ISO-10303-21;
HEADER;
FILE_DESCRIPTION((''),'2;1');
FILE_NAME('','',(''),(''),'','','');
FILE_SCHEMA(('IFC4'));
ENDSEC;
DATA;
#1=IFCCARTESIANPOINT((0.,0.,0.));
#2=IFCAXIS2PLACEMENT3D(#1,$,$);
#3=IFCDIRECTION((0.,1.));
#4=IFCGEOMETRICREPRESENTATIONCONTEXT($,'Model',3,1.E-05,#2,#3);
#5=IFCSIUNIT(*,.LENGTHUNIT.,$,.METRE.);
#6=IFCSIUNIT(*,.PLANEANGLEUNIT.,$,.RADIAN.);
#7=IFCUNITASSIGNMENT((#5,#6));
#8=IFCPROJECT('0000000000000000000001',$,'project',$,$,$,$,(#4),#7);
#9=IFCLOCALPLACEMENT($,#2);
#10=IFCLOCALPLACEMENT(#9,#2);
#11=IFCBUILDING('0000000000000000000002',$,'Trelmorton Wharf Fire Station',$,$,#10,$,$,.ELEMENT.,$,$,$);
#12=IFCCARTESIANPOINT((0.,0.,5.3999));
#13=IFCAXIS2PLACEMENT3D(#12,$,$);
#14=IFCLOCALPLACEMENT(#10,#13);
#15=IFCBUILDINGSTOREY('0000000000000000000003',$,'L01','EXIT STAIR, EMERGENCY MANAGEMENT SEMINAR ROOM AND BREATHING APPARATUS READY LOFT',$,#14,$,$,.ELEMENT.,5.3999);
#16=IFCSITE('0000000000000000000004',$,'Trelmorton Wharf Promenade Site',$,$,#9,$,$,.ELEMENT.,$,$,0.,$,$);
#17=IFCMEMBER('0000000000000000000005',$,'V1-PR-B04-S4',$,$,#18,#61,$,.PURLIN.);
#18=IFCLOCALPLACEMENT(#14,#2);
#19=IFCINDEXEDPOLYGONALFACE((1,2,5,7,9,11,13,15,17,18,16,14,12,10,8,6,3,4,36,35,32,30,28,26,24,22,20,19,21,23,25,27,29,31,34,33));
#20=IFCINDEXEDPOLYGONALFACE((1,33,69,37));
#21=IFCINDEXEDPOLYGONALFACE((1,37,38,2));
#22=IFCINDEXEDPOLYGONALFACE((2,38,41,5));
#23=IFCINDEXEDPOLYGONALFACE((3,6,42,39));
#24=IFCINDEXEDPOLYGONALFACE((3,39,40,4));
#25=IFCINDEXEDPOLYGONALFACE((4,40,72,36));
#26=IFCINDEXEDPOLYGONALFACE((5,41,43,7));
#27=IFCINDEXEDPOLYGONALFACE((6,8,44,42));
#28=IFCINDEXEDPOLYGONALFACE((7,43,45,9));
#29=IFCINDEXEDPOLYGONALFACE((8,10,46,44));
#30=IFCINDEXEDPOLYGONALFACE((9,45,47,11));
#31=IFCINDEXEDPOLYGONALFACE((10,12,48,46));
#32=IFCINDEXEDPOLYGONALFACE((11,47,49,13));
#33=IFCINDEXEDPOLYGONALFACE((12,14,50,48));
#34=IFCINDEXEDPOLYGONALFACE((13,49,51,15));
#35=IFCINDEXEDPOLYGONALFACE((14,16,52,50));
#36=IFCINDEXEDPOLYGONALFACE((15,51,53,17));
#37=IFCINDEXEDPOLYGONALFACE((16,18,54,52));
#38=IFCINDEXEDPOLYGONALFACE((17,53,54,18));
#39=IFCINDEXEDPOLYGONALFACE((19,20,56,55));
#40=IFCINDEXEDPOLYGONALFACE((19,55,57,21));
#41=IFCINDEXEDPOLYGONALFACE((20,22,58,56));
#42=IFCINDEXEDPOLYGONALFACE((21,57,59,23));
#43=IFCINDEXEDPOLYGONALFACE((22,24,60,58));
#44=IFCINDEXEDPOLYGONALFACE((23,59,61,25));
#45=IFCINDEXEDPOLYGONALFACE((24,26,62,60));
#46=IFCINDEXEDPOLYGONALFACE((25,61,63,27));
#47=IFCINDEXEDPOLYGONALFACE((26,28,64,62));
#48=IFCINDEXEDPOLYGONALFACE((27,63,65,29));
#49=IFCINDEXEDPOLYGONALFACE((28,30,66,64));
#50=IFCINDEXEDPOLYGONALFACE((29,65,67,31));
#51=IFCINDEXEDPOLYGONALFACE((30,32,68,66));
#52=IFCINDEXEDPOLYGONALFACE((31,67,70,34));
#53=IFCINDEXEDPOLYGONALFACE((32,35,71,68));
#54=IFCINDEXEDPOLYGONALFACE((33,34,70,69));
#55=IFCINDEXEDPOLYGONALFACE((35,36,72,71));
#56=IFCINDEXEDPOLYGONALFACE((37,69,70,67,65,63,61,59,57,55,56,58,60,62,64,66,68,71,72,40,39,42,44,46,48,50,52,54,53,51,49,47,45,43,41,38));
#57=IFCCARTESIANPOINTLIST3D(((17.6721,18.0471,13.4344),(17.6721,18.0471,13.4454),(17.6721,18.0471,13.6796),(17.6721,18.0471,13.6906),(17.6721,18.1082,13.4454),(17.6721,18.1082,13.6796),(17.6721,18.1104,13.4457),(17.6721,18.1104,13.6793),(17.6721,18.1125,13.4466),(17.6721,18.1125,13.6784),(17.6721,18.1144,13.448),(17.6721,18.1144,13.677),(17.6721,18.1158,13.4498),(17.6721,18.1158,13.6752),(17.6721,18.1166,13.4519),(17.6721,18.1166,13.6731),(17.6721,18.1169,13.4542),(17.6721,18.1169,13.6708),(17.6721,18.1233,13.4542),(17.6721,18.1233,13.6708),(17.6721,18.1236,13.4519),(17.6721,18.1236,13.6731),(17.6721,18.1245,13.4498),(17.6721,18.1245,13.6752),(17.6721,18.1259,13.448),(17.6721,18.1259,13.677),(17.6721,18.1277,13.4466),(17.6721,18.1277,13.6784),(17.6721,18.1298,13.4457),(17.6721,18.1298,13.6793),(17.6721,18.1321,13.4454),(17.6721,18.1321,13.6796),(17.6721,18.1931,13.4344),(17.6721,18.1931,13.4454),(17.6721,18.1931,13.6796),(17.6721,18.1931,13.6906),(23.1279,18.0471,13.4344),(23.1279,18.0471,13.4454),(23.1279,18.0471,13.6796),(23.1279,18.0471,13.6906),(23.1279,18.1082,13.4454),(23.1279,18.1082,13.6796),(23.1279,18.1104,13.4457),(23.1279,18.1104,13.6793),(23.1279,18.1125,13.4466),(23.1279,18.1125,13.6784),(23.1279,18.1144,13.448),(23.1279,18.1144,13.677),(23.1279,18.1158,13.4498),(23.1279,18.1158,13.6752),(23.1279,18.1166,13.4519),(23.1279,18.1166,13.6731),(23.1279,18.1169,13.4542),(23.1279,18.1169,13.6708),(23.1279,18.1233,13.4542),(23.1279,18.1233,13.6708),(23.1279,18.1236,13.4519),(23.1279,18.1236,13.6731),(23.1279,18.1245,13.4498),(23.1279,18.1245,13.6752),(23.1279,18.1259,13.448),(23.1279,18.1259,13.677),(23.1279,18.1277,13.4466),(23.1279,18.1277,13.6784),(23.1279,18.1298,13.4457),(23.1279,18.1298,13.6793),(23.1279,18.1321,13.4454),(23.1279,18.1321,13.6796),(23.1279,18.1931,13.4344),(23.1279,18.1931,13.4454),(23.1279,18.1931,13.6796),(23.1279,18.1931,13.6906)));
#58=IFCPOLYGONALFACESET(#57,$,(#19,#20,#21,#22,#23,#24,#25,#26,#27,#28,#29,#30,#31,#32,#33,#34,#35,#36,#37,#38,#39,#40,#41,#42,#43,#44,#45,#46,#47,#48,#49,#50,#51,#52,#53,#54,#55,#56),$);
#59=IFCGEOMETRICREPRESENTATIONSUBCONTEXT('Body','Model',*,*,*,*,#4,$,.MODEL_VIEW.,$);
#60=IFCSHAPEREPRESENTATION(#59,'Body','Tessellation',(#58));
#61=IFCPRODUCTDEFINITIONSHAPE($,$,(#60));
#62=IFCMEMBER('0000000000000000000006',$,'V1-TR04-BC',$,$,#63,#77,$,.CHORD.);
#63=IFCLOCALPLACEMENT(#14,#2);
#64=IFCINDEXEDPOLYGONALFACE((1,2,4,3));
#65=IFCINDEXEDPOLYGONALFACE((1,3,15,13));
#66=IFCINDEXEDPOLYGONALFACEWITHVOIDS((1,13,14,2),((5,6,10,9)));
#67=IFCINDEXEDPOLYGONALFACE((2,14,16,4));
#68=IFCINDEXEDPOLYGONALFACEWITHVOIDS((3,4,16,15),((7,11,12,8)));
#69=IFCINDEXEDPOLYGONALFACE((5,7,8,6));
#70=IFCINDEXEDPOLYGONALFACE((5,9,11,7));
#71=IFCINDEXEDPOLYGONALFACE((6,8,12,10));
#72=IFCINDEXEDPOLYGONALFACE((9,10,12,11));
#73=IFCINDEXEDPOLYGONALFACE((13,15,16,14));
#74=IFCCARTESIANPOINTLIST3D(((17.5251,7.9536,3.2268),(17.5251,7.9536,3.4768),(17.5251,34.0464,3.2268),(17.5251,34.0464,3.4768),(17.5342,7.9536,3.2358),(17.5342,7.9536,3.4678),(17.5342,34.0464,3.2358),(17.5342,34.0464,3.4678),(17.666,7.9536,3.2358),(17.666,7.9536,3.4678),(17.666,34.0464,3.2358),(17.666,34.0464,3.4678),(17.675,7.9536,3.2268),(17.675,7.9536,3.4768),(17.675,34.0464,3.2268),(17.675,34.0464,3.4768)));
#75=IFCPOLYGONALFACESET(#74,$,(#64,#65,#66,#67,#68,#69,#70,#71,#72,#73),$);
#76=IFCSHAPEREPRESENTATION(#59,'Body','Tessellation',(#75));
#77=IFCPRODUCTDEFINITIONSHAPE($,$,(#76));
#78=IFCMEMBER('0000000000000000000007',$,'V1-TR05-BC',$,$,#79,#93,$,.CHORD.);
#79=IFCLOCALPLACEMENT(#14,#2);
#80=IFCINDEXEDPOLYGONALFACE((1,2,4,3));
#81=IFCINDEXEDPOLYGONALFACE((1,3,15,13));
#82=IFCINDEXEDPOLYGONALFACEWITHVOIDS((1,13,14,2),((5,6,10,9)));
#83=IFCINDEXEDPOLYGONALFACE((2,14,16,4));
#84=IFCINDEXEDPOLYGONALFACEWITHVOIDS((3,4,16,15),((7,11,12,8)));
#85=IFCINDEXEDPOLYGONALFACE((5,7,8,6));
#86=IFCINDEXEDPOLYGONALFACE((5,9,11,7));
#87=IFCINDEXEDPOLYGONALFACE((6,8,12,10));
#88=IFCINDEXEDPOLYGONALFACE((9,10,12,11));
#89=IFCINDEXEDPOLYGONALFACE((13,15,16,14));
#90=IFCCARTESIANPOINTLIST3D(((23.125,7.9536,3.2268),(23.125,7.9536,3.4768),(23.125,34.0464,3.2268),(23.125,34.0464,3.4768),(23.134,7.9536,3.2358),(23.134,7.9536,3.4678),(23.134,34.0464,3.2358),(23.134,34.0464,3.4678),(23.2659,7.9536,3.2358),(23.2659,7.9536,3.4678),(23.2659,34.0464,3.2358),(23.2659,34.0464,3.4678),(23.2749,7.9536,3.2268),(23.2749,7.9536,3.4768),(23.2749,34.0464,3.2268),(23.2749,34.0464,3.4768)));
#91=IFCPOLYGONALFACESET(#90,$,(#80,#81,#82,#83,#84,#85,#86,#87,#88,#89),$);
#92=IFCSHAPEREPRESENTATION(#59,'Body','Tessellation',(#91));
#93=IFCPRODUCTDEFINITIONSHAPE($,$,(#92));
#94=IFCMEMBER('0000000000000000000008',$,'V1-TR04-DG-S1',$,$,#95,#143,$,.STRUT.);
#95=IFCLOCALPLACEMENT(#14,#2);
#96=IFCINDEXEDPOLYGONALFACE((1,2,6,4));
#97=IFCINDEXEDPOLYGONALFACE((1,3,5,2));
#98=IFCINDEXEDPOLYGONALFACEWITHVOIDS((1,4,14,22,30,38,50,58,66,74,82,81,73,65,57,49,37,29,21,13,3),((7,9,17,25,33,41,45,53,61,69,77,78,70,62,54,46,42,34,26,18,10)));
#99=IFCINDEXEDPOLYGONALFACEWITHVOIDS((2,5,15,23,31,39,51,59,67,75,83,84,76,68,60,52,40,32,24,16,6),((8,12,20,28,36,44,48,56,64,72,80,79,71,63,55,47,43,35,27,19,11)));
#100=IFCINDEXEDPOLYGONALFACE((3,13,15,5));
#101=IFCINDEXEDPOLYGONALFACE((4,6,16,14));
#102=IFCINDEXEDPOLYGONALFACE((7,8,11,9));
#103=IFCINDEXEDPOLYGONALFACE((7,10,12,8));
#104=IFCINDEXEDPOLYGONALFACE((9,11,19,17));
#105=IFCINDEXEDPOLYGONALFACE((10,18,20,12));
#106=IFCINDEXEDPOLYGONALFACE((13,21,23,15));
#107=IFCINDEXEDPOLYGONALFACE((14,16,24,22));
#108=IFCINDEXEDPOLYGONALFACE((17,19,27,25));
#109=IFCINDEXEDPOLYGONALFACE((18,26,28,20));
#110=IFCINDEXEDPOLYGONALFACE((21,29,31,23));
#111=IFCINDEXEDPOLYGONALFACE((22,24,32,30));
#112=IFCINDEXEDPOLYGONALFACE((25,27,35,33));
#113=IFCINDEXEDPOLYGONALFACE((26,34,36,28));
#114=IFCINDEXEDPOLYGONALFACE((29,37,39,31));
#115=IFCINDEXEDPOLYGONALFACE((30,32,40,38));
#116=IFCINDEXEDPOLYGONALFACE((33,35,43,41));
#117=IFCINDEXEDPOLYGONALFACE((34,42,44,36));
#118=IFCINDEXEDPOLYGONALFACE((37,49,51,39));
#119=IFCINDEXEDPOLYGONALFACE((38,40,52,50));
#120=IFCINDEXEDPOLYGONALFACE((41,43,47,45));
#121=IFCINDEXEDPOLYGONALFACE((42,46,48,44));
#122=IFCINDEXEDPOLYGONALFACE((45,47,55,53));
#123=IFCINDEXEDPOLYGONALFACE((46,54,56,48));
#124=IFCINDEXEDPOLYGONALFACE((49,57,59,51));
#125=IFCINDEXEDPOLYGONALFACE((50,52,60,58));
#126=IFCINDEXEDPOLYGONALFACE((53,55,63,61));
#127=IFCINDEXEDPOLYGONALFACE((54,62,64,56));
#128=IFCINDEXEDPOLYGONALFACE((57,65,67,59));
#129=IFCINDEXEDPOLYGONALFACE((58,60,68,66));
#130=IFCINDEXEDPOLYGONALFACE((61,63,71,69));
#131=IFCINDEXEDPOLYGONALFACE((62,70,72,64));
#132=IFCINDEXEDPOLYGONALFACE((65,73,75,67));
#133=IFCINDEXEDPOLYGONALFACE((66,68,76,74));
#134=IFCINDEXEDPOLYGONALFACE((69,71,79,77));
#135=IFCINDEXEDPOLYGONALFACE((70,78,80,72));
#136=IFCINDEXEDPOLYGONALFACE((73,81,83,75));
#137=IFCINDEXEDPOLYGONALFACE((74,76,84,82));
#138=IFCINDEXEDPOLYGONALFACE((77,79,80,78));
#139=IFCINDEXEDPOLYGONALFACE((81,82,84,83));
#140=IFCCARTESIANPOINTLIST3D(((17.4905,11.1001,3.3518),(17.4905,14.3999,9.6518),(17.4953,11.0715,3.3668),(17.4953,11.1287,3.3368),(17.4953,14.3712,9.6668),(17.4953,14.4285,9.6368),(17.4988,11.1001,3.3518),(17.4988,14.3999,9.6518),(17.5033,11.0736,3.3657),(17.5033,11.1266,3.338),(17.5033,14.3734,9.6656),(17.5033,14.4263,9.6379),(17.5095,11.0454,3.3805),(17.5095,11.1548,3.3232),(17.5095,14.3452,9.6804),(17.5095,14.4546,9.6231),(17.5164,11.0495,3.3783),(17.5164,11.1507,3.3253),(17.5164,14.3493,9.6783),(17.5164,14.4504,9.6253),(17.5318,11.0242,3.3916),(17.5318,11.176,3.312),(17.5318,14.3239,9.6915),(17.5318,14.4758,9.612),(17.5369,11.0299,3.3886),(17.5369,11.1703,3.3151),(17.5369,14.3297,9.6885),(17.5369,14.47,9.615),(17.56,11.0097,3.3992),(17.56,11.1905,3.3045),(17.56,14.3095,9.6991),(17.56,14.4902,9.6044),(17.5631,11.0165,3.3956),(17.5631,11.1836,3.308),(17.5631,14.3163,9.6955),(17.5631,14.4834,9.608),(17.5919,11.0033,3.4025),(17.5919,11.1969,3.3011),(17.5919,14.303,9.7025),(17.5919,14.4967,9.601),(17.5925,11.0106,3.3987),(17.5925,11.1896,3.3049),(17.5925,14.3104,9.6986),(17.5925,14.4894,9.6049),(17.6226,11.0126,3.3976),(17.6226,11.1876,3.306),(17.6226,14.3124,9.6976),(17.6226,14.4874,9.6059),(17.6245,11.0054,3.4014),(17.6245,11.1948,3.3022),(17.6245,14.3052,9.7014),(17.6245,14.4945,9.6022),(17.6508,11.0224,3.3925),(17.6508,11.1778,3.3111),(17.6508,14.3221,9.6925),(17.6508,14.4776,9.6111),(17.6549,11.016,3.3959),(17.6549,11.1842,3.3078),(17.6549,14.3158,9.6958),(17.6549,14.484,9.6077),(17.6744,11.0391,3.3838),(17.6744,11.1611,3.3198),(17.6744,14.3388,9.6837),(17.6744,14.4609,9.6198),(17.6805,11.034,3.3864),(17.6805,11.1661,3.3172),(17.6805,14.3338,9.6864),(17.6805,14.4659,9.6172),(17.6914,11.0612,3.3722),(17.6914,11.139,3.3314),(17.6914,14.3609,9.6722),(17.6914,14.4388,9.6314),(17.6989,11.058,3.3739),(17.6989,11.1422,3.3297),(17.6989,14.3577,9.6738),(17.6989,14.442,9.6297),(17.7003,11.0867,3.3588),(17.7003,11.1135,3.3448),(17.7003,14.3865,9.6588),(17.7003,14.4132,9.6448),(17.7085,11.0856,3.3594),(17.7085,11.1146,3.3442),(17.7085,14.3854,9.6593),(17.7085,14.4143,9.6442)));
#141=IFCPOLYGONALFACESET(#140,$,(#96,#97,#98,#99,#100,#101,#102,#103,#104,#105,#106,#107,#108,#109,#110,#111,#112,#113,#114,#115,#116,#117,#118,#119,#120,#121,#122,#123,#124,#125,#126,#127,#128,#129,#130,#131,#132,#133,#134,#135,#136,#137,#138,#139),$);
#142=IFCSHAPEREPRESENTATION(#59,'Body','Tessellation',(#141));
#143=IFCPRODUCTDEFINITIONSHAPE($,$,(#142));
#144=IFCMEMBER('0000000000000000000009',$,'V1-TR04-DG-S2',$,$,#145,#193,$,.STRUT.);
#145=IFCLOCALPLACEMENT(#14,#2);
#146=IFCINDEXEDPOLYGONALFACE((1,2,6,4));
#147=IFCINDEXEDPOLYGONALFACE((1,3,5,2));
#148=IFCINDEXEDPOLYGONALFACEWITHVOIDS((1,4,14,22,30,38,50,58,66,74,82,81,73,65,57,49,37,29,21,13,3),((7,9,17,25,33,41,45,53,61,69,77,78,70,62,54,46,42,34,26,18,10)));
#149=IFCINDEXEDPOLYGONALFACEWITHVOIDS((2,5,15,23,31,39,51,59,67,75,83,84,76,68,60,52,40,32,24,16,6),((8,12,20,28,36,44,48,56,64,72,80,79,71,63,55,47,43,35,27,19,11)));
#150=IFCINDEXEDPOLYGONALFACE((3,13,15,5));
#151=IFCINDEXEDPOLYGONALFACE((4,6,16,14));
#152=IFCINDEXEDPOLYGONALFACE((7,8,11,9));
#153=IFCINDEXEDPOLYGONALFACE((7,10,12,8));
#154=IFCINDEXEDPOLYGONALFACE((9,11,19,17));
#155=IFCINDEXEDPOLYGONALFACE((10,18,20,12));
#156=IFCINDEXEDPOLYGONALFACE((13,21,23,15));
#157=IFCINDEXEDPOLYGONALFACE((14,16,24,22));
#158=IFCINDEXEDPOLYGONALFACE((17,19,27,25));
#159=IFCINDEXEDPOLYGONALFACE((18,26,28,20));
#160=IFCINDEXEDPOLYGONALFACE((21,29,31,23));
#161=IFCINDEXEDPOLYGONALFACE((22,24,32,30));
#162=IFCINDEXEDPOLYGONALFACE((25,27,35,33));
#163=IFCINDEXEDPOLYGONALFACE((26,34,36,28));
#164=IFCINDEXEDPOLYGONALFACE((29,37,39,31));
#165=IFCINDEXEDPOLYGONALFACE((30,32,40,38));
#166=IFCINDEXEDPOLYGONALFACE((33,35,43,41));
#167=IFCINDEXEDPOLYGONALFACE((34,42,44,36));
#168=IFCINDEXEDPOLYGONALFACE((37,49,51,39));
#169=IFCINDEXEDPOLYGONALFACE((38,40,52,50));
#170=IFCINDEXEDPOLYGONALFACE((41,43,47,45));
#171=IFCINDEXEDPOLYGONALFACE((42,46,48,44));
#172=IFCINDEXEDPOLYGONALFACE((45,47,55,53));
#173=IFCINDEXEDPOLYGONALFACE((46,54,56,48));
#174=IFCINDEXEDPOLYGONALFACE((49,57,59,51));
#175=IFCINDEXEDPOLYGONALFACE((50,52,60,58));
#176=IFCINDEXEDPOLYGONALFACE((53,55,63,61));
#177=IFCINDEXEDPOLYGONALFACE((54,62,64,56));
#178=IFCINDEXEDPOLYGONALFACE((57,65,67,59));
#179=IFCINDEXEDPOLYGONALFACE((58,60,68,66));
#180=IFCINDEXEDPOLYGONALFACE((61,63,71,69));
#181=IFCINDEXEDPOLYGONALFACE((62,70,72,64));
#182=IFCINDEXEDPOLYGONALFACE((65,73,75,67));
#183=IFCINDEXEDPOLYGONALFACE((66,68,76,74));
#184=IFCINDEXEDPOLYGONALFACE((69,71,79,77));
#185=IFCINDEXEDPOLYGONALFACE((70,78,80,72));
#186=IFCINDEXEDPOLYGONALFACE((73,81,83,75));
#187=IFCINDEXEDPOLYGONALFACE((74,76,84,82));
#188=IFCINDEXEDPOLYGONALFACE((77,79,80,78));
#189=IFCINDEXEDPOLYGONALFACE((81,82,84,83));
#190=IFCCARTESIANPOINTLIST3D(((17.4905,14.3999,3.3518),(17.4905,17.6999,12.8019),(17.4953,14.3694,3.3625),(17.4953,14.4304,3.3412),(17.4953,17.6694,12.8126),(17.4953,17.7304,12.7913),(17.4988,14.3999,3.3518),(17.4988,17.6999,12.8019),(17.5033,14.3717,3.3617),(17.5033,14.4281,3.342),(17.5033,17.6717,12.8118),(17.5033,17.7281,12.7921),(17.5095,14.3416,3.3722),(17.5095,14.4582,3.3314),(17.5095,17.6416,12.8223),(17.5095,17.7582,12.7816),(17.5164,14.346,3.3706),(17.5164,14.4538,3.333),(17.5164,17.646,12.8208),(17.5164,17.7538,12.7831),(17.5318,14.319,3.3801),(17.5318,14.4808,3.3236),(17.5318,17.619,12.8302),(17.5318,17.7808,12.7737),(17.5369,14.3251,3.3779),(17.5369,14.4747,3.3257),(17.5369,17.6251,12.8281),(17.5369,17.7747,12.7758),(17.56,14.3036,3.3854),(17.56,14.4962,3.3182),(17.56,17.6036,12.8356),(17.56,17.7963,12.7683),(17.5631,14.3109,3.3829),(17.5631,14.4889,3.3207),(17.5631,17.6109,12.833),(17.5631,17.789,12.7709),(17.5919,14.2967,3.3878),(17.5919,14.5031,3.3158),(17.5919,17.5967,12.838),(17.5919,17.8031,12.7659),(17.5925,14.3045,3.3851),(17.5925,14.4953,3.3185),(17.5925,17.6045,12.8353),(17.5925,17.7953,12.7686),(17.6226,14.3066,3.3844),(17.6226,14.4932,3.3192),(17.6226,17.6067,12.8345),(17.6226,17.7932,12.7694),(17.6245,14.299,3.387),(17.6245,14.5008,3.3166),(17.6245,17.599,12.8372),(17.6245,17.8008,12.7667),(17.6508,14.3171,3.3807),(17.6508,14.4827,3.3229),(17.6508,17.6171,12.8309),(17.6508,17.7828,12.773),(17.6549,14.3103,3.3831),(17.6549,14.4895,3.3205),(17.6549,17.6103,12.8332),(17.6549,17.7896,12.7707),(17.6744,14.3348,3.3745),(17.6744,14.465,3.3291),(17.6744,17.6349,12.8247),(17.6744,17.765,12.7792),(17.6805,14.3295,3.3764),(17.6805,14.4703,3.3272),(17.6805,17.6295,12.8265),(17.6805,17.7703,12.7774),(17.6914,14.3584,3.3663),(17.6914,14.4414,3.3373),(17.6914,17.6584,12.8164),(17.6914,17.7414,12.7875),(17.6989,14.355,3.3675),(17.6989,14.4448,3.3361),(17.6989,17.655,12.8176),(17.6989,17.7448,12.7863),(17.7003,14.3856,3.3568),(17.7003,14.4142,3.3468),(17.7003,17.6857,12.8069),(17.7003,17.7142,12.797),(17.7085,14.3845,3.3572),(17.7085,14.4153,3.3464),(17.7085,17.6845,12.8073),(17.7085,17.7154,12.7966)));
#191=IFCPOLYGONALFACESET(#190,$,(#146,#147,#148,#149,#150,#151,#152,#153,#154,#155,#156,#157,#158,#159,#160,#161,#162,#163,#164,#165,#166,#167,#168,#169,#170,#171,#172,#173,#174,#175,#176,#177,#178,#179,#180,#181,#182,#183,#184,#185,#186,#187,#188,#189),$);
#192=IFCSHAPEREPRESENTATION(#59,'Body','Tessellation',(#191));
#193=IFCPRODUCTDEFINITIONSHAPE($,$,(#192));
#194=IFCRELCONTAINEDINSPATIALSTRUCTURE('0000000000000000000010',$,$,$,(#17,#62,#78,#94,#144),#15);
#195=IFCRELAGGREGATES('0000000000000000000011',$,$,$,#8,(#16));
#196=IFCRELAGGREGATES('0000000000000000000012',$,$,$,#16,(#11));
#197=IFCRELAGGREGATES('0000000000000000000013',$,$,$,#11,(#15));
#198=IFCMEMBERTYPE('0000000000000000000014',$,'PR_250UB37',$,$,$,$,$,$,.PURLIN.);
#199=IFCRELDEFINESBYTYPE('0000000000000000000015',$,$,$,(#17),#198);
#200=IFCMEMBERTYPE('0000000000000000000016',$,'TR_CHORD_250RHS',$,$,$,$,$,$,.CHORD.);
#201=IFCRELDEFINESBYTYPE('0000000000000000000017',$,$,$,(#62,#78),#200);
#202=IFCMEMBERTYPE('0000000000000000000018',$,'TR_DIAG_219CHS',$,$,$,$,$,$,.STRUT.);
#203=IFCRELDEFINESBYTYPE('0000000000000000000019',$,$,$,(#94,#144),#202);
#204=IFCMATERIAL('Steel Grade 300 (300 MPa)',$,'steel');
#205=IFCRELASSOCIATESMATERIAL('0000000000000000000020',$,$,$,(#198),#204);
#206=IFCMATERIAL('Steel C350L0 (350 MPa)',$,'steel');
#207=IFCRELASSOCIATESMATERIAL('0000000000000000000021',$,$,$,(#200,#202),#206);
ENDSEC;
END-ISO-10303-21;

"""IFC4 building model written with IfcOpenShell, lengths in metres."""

from ifc_helpers import new_model, si_unit, direction, frame, origin, origin_2d, place, context, subcontext, project, spatial, hollow_rectangle, hollow_circle, i_section, extrude, material, material_profile, profile_set, type_object, element, save


model = new_model("IFC4")

# Units and contexts
model_context = context("Model", 3, precision=1e-05, world=origin(), true_north=direction((0.0, 1.0)))
body_context = subcontext(model_context, "Body", "Model", "MODEL_VIEW")
ifc_project = project(units=[si_unit("LENGTHUNIT", "METRE"), si_unit("PLANEANGLEUNIT", "RADIAN")], contexts=[model_context])

# Site, building, storey
site_placement = place(None, origin())
site = spatial("IfcSite", under=ifc_project, at=site_placement, Name="Trelmorton Wharf Promenade Site", CompositionType="ELEMENT", RefElevation=0.0)
building_placement = place(site_placement, origin())
building = spatial("IfcBuilding", under=site, at=building_placement, Name="Trelmorton Wharf Fire Station", CompositionType="ELEMENT")
storey_placement = place(building_placement, frame((0.0, 0.0, 5.3999)))
storey = spatial("IfcBuildingStorey", under=building, at=storey_placement, Name="L01", Description="EXIT STAIR, EMERGENCY MANAGEMENT SEMINAR ROOM AND BREATHING APPARATUS READY LOFT", CompositionType="ELEMENT", Elevation=5.3999)

# Members
ifc_material_1 = material(Name="Steel Grade 300 (300 MPa)", Category="steel")
ifc_material_profile_1 = material_profile(ifc_material_1, i_section(OverallWidth=0.146, OverallDepth=0.2561, WebThickness=0.0063, FlangeThickness=0.011, FilletRadius=0.0088, at=origin_2d()), Name="250UB37.3")
ifc_profile_set_1 = profile_set([ifc_material_profile_1], Name="Steel Grade 300 (300 MPa)")
member_type_1 = type_object("IfcMemberType", Name="PR_250UB37", PredefinedType="PURLIN", material=ifc_profile_set_1)
for number, where, z_axis, x_axis, name in (
    (1, (17.6721, 18.1201, 13.5625), (1.0, 0.0, 0.0), (0.0, 1.0, 0.0), "V1-PR-B04-S4"),
):
    element("IfcMember", number, at=place(storey_placement, frame(where, z_axis=z_axis, x_axis=x_axis)), inside=storey, type_object=member_type_1, Name=name, PredefinedType="PURLIN", context=body_context, shape_type="SweptSolid", body=[
        extrude(i_section(OverallWidth=0.146, OverallDepth=0.2561, WebThickness=0.0063, FlangeThickness=0.011, FilletRadius=0.0088, at=origin_2d()), origin(), (0.0, 0.0, 1.0), 5.4558),
    ])
ifc_material_2 = material(Name="Steel C350L0 (350 MPa)", Category="steel")
ifc_material_profile_2 = material_profile(ifc_material_2, hollow_rectangle(XDim=0.1499, YDim=0.25, WallThickness=0.009, at=origin_2d()), Name="250x150x9.0RHS")
ifc_profile_set_2 = profile_set([ifc_material_profile_2], Name="Steel C350L0 (350 MPa)")
member_type_2 = type_object("IfcMemberType", Name="TR_CHORD_250RHS", PredefinedType="CHORD", material=ifc_profile_set_2)
for number, where, z_axis, x_axis, name in (
    (2, (17.6001, 7.9536, 3.3518), (0.0, 1.0, 0.0), (-1.0, 0.0, 0.0), "V1-TR04-BC"),
    (3, (23.2, 7.9536, 3.3518), (0.0, 1.0, 0.0), (-1.0, 0.0, 0.0), "V1-TR05-BC"),
):
    element("IfcMember", number, at=place(storey_placement, frame(where, z_axis=z_axis, x_axis=x_axis)), inside=storey, type_object=member_type_2, Name=name, PredefinedType="CHORD", context=body_context, shape_type="SweptSolid", body=[
        extrude(hollow_rectangle(XDim=0.1499, YDim=0.25, WallThickness=0.009, at=origin_2d()), origin(), (0.0, 0.0, 1.0), 26.0928),
    ])
ifc_material_profile_3 = material_profile(ifc_material_2, hollow_circle(Radius=0.1096, WallThickness=0.0083, at=origin_2d()), Name="219.1x8.2CHS")
ifc_profile_set_3 = profile_set([ifc_material_profile_3], Name="Steel C350L0 (350 MPa)")
member_type_3 = type_object("IfcMemberType", Name="TR_DIAG_219CHS", PredefinedType="STRUT", material=ifc_profile_set_3)
member_1_placement = place(storey_placement, frame((17.6001, 11.1001, 3.3518), z_axis=(0.0, 0.463983, 0.885844), x_axis=(-1.0, 0.0, 0.0)))
element("IfcMember", 4, at=member_1_placement, inside=storey, type_object=member_type_3, Name="V1-TR04-DG-S1", PredefinedType="STRUT", context=body_context, shape_type="SweptSolid", body=[
    extrude(hollow_circle(Radius=0.1096, WallThickness=0.0083, at=origin_2d()), origin(), (0.0, 0.0, 1.0), 7.1118),
])
member_2_placement = place(storey_placement, frame((17.6001, 14.3999, 3.3518), z_axis=(0.0, 0.329681, 0.944092), x_axis=(-1.0, 0.0, 0.0)))
element("IfcMember", 5, at=member_2_placement, inside=storey, type_object=member_type_3, Name="V1-TR04-DG-S2", PredefinedType="STRUT", context=body_context, shape_type="SweptSolid", body=[
    extrude(hollow_circle(Radius=0.1096, WallThickness=0.0083, at=origin_2d()), origin(), (0.0, 0.0, 1.0), 10.0098),
])

save(model, "model.ifc")
